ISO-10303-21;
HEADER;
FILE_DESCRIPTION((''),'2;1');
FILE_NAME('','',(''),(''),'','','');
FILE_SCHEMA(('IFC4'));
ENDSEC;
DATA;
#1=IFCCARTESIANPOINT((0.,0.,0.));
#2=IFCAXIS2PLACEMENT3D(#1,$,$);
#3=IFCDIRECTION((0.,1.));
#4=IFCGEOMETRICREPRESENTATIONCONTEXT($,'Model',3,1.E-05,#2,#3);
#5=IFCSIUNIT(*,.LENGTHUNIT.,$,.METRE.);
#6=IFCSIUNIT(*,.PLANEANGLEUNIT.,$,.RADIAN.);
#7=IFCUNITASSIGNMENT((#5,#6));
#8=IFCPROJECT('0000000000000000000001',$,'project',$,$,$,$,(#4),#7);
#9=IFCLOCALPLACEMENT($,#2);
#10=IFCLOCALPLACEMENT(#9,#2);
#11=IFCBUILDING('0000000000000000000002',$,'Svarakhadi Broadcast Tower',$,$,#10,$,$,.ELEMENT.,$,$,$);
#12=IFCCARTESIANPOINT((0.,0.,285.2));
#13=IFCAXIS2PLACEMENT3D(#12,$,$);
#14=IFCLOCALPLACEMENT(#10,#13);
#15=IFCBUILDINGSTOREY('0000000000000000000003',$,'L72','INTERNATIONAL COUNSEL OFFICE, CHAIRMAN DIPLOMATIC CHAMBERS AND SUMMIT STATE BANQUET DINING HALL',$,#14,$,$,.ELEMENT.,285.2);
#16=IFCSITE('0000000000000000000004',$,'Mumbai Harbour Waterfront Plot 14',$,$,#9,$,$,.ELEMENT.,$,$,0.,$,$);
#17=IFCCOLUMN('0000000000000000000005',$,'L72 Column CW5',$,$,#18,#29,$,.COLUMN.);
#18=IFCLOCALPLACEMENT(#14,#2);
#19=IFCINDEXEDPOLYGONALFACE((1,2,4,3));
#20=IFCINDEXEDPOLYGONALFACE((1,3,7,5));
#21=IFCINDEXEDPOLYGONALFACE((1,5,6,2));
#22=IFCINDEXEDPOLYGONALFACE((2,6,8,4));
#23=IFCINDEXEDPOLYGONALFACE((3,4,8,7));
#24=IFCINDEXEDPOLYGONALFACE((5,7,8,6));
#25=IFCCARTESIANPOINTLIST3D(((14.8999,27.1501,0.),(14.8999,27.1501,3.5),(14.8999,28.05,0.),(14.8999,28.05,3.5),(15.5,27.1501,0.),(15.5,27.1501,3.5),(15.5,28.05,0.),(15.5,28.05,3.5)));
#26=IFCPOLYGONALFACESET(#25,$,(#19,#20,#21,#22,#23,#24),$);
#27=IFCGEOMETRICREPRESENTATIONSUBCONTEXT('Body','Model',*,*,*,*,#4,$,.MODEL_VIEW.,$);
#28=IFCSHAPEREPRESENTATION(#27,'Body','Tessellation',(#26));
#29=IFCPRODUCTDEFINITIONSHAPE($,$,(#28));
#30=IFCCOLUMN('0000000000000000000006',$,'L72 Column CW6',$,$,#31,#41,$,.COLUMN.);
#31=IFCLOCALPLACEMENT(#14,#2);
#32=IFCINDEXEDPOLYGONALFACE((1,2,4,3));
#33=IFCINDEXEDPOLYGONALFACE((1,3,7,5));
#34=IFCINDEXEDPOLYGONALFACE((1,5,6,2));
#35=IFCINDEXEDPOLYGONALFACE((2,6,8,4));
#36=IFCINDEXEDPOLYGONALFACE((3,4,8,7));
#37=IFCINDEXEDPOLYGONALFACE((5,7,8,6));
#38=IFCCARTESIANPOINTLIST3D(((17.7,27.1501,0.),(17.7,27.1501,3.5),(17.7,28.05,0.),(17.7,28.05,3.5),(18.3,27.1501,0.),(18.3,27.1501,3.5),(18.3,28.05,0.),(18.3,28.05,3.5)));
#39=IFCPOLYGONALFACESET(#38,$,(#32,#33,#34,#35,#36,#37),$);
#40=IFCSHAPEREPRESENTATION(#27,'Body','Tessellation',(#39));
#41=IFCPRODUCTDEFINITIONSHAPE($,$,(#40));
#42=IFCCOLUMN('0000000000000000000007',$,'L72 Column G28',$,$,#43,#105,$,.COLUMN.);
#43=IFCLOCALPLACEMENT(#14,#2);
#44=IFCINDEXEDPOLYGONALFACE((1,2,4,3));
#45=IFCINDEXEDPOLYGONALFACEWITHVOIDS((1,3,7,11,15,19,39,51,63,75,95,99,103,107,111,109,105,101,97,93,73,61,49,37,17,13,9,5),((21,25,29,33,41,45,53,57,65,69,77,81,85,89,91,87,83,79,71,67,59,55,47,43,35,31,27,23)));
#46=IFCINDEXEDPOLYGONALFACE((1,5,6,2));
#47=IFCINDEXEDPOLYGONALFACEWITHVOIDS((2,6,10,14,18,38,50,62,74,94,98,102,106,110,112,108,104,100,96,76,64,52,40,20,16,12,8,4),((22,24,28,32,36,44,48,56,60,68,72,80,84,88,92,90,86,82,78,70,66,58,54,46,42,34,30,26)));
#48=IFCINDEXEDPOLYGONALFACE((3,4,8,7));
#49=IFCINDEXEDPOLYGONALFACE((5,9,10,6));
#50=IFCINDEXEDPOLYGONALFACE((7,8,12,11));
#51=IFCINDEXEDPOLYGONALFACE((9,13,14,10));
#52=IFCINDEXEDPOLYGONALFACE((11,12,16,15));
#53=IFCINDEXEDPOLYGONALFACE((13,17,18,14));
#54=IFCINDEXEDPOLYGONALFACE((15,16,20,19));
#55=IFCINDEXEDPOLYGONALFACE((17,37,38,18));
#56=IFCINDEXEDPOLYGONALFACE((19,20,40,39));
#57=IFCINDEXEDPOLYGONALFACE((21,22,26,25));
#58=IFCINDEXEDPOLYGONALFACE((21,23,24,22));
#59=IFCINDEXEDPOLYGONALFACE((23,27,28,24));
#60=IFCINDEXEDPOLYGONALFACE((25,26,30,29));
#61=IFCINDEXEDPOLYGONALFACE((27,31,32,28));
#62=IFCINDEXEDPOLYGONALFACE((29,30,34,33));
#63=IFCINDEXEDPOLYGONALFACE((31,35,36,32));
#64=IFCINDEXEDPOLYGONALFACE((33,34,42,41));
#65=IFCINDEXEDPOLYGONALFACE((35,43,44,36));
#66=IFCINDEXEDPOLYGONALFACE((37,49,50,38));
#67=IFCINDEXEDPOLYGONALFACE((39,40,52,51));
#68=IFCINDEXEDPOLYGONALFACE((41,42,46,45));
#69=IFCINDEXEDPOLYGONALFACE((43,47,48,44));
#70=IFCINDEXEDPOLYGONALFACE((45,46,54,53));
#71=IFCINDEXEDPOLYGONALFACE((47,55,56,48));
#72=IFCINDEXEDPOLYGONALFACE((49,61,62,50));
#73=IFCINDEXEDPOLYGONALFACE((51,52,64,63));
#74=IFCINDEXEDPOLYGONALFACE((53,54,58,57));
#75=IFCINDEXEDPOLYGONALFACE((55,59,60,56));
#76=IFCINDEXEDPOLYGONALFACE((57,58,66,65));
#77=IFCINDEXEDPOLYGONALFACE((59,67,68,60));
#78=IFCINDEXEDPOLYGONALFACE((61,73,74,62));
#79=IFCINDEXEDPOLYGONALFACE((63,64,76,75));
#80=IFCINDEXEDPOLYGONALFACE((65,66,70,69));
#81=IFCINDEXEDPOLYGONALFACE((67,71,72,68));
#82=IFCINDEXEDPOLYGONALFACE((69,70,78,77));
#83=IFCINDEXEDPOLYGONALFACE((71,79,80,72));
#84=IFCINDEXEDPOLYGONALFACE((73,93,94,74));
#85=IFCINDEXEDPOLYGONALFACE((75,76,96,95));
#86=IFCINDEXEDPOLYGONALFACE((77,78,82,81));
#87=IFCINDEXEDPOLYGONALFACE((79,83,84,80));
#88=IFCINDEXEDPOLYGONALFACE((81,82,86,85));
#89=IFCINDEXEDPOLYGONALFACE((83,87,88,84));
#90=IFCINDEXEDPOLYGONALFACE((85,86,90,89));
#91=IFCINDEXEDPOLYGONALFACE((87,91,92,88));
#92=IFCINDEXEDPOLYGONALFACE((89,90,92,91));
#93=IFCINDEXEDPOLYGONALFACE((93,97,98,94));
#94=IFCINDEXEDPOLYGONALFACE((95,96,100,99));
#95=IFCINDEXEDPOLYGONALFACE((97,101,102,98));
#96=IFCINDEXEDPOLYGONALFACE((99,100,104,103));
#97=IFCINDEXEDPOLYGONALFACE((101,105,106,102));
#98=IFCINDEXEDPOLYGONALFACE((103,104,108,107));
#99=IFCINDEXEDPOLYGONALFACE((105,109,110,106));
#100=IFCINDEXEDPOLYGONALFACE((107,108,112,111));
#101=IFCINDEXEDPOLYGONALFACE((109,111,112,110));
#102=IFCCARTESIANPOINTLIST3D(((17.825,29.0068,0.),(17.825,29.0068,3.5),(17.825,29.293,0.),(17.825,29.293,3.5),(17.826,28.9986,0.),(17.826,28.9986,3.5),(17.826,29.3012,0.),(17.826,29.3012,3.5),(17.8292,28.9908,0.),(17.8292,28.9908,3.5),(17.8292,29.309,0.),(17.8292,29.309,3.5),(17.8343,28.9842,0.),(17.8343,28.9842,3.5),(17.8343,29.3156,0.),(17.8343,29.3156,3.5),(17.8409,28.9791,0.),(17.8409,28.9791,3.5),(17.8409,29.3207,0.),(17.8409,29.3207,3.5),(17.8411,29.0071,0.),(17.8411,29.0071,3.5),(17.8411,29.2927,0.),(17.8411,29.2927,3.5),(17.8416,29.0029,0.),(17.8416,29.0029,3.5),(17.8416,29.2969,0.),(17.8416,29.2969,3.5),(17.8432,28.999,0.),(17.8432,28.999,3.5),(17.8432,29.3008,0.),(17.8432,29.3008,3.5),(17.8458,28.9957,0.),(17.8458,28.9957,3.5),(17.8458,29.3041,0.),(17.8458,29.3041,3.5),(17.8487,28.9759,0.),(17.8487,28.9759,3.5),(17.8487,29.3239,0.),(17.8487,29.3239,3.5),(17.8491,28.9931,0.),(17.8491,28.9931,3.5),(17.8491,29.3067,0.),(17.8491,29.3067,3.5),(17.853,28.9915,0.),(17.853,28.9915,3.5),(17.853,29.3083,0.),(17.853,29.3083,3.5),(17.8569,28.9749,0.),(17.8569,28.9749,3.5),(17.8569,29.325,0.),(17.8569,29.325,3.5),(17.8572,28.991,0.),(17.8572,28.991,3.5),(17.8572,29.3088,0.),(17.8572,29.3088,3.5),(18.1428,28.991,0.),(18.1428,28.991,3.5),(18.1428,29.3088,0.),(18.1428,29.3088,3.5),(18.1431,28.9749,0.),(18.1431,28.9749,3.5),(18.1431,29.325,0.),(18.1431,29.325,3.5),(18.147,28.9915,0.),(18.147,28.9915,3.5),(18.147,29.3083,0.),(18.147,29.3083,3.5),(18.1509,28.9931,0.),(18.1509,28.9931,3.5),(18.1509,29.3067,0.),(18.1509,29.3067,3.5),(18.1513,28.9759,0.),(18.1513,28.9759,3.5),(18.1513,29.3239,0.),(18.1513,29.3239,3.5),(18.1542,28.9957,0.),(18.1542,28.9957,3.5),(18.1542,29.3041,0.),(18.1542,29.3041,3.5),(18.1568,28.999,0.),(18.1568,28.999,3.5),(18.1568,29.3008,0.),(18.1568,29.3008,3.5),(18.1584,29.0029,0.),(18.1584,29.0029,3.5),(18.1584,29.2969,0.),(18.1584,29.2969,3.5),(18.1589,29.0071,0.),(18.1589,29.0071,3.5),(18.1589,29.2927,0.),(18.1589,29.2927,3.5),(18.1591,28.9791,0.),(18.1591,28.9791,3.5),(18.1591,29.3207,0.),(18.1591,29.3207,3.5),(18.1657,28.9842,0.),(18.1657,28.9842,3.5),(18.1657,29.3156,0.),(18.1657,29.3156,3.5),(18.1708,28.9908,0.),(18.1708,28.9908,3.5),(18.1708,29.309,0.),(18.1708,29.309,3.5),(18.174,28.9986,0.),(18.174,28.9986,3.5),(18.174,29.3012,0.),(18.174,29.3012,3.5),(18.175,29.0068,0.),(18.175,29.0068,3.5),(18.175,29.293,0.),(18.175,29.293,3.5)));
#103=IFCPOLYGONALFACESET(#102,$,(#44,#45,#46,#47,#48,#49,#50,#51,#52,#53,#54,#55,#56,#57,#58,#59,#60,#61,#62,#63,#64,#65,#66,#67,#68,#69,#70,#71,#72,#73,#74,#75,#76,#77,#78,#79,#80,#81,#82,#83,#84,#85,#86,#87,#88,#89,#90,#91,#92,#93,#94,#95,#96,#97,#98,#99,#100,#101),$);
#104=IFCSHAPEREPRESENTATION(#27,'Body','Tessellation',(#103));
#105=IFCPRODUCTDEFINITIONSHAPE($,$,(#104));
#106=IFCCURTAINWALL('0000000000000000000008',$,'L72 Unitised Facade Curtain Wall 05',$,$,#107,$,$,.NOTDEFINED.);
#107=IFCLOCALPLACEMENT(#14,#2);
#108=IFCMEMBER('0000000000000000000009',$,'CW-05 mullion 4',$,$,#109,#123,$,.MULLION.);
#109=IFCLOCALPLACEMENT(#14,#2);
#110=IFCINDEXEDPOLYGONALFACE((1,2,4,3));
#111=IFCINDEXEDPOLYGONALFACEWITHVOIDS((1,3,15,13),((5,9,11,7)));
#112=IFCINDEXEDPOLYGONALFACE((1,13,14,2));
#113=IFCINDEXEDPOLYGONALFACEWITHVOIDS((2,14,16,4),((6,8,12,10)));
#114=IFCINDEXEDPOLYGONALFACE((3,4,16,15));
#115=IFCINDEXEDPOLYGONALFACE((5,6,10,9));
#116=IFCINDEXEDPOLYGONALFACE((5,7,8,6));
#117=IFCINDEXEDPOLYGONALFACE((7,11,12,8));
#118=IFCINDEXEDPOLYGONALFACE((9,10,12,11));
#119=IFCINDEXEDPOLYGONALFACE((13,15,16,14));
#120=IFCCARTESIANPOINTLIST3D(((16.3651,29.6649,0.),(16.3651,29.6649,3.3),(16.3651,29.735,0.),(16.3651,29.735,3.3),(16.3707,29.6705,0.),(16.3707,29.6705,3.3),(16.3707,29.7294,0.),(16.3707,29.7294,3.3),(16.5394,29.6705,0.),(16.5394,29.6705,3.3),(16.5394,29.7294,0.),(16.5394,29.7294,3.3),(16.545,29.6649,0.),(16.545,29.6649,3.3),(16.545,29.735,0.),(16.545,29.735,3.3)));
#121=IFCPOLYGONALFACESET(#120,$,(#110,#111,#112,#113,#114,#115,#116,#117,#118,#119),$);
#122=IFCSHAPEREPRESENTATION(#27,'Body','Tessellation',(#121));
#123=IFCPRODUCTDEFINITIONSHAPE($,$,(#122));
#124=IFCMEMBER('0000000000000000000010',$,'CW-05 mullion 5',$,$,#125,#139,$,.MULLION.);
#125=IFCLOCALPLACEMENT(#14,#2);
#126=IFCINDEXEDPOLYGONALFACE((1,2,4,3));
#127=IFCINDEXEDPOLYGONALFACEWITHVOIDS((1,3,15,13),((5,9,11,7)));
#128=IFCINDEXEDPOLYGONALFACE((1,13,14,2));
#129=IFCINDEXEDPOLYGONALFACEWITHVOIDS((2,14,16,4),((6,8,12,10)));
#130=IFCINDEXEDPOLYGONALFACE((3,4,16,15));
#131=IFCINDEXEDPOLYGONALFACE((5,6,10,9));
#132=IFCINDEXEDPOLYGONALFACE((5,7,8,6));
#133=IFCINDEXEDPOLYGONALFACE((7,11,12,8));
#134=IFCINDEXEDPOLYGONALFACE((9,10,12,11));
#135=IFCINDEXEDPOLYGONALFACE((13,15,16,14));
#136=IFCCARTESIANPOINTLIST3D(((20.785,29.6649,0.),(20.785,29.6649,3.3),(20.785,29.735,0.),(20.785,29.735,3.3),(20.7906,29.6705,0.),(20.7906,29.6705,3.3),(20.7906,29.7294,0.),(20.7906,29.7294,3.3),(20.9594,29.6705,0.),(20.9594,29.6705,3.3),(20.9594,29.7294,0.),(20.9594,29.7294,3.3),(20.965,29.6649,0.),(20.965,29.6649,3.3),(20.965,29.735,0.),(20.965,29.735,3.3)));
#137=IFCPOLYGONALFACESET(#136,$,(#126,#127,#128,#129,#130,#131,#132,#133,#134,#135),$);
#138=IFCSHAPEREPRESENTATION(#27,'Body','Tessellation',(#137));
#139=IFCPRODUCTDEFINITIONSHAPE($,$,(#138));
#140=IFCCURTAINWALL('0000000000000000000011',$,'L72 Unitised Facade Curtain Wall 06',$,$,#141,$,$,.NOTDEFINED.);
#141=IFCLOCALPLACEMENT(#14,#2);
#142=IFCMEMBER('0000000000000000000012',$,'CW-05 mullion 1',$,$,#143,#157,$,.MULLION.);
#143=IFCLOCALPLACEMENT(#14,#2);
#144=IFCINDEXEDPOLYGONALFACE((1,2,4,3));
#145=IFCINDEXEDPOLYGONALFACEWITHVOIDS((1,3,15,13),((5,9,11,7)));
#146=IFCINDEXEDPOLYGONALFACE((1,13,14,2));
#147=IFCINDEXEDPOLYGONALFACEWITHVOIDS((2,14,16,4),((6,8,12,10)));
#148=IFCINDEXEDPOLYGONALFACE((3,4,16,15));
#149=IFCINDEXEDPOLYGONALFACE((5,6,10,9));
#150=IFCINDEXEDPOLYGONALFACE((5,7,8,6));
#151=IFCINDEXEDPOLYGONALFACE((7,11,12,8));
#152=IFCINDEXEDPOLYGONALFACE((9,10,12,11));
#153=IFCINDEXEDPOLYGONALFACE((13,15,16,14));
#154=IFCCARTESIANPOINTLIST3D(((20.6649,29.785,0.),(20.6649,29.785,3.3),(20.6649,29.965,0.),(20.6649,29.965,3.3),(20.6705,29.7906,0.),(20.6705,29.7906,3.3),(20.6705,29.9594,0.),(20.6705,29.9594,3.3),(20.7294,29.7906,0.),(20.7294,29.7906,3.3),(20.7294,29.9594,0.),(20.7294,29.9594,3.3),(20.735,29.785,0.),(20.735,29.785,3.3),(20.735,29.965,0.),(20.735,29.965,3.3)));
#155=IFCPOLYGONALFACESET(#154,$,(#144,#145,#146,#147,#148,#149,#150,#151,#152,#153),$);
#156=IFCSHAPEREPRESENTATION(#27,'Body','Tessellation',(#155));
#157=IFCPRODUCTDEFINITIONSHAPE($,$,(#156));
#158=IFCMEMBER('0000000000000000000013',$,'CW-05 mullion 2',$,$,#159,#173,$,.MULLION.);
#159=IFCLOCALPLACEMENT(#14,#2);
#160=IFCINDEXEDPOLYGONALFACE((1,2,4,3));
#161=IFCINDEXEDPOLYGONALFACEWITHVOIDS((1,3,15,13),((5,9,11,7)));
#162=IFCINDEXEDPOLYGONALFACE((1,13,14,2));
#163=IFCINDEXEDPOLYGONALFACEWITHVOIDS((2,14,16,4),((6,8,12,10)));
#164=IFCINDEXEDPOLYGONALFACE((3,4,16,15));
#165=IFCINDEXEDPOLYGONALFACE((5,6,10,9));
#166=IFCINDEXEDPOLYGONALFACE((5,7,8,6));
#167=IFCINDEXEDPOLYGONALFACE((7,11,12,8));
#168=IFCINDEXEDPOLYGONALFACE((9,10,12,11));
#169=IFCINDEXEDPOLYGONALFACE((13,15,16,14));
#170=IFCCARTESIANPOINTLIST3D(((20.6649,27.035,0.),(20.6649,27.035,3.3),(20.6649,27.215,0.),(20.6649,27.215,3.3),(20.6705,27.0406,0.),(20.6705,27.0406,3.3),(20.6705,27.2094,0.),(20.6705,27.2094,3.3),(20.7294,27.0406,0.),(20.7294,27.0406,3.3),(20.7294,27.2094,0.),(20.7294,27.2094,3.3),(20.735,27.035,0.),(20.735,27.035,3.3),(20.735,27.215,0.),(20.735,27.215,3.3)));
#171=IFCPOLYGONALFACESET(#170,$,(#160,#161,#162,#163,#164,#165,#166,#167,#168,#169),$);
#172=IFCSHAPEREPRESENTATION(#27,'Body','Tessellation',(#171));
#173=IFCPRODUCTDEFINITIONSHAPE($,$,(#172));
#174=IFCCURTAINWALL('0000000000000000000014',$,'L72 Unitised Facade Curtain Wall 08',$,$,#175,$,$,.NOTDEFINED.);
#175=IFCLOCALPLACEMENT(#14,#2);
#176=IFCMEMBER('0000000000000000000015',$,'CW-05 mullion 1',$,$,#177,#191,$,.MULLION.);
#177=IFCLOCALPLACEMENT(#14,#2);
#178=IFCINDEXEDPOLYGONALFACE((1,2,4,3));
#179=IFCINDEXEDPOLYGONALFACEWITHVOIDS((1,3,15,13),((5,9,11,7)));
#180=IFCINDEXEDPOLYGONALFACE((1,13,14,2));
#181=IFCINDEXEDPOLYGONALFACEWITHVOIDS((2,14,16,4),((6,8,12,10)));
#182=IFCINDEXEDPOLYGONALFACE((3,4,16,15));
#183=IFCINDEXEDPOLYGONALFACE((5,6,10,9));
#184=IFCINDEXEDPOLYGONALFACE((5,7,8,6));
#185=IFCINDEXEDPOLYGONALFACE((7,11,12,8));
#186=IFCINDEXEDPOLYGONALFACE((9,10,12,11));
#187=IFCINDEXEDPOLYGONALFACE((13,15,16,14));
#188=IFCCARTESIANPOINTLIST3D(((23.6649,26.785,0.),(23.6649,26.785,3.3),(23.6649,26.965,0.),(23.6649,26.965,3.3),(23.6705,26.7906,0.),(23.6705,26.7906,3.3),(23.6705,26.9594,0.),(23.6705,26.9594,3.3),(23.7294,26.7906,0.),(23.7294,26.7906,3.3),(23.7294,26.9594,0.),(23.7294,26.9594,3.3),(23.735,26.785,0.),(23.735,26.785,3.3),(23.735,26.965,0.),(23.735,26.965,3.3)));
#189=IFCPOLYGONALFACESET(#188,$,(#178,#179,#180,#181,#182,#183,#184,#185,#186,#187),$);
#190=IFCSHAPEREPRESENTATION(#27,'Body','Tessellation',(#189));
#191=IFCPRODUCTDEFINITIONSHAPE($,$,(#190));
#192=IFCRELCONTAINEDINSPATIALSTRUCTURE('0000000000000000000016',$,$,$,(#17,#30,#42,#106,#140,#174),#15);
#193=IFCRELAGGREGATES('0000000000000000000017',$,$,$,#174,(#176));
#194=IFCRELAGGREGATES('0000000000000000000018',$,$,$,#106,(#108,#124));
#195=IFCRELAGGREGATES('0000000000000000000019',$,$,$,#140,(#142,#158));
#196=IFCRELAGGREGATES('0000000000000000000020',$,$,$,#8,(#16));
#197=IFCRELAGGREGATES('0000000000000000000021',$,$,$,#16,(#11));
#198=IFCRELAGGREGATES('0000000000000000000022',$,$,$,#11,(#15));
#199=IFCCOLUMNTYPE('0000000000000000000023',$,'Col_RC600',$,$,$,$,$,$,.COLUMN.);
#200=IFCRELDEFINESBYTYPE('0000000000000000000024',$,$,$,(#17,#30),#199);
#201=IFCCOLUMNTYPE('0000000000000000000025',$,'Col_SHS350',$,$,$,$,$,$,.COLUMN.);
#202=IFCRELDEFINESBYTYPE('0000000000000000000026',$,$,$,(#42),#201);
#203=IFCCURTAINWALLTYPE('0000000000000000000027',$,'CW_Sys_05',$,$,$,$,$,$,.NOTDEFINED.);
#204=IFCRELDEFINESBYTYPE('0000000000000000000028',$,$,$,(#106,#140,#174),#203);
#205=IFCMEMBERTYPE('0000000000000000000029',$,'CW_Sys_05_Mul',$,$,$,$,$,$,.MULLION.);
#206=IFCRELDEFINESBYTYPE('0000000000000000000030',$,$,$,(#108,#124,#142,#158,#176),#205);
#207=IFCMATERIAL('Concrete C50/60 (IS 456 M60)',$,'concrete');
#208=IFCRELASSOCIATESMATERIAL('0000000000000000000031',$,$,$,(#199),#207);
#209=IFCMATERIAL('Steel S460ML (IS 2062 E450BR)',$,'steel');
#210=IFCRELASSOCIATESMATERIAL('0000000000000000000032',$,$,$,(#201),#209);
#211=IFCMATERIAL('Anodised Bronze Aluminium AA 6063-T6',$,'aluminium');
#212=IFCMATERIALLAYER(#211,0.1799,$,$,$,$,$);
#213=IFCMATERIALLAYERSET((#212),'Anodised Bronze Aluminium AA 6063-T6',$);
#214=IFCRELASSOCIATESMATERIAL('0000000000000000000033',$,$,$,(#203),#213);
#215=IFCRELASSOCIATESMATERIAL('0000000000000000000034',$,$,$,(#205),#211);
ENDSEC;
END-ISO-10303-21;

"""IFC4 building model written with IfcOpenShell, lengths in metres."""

from ifc_helpers import new_model, si_unit, direction, frame, origin, origin_2d, place, context, subcontext, project, spatial, rectangle, hollow_rectangle, extrude, material, layer, layer_set, material_profile, profile_set, type_object, element, aggregate, save


model = new_model("IFC4")

# Units and contexts
model_context = context("Model", 3, precision=1e-05, world=origin(), true_north=direction((0.0, 1.0)))
body_context = subcontext(model_context, "Body", "Model", "MODEL_VIEW")
ifc_project = project(units=[si_unit("LENGTHUNIT", "METRE"), si_unit("PLANEANGLEUNIT", "RADIAN")], contexts=[model_context])

# Site, building, storey
site_placement = place(None, origin())
site = spatial("IfcSite", under=ifc_project, at=site_placement, Name="Mumbai Harbour Waterfront Plot 14", CompositionType="ELEMENT", RefElevation=0.0)
building_placement = place(site_placement, origin())
building = spatial("IfcBuilding", under=site, at=building_placement, Name="Svarakhadi Broadcast Tower", CompositionType="ELEMENT")
storey_placement = place(building_placement, frame((0.0, 0.0, 285.2)))
storey = spatial("IfcBuildingStorey", under=building, at=storey_placement, Name="L72", Description="INTERNATIONAL COUNSEL OFFICE, CHAIRMAN DIPLOMATIC CHAMBERS AND SUMMIT STATE BANQUET DINING HALL", CompositionType="ELEMENT", Elevation=285.2)

# Columns
ifc_material_1 = material(Name="Concrete C50/60 (IS 456 M60)", Category="concrete")
ifc_material_profile_1 = material_profile(ifc_material_1, rectangle(XDim=0.6001, YDim=0.8999, at=origin_2d()), Name="RC 600x900")
ifc_profile_set_1 = profile_set([ifc_material_profile_1], Name="Concrete C50/60 (IS 456 M60)")
column_type_1 = type_object("IfcColumnType", Name="Col_RC600", PredefinedType="COLUMN", material=ifc_profile_set_1)
for number, where, z_axis, x_axis, name in (
    (1, (15.2, 27.6001, 0.0), (0.0, 0.0, 1.0), (1.0, 0.0, 0.0), "L72 Column CW5"),
    (2, (18.0, 27.6001, 0.0), (0.0, 0.0, 1.0), (1.0, 0.0, 0.0), "L72 Column CW6"),
):
    element("IfcColumn", number, at=place(storey_placement, frame(where, z_axis=z_axis, x_axis=x_axis)), inside=storey, type_object=column_type_1, Name=name, PredefinedType="COLUMN", context=body_context, shape_type="SweptSolid", body=[
        extrude(rectangle(XDim=0.6001, YDim=0.8999, at=origin_2d()), origin(), (0.0, 0.0, 1.0), 3.5),
    ])
ifc_material_2 = material(Name="Steel S460ML (IS 2062 E450BR)", Category="steel")
ifc_material_profile_2 = material_profile(ifc_material_2, hollow_rectangle(XDim=0.3501, YDim=0.3501, WallThickness=0.0161, InnerFilletRadius=0.0161, OuterFilletRadius=0.032, at=origin_2d()), Name="SHS 350x350x16")
ifc_profile_set_2 = profile_set([ifc_material_profile_2], Name="Steel S460ML (IS 2062 E450BR)")
column_type_2 = type_object("IfcColumnType", Name="Col_SHS350", PredefinedType="COLUMN", material=ifc_profile_set_2)
column_placement = place(storey_placement, frame((18.0, 29.1499, 0.0), z_axis=(0.0, 0.0, 1.0), x_axis=(1.0, 0.0, 0.0)))
element("IfcColumn", 3, at=column_placement, inside=storey, type_object=column_type_2, Name="L72 Column G28", PredefinedType="COLUMN", context=body_context, shape_type="SweptSolid", body=[
    extrude(hollow_rectangle(XDim=0.3501, YDim=0.3501, WallThickness=0.0161, InnerFilletRadius=0.0161, OuterFilletRadius=0.032, at=origin_2d()), origin(), (0.0, 0.0, 1.0), 3.5),
])

# Curtain walls, members
ifc_material_3 = material(Name="Anodised Bronze Aluminium AA 6063-T6", Category="aluminium")
ifc_layer_1 = layer(ifc_material_3, 0.1799)
ifc_layer_set_1 = layer_set([ifc_layer_1], Name="Anodised Bronze Aluminium AA 6063-T6")
curtain_wall_type = type_object("IfcCurtainWallType", Name="CW_Sys_05", PredefinedType="NOTDEFINED", material=ifc_layer_set_1)
curtain_wall_1_placement = place(storey_placement, origin())
curtain_wall_1 = element("IfcCurtainWall", 4, at=curtain_wall_1_placement, inside=storey, type_object=curtain_wall_type, Name="L72 Unitised Facade Curtain Wall 05", PredefinedType="NOTDEFINED")
ifc_material_profile_3 = material_profile(ifc_material_3, hollow_rectangle(XDim=0.0701, YDim=0.1799, WallThickness=0.0056, at=origin_2d()), Name="ALU MULLION 180x70x6")
ifc_profile_set_3 = profile_set([ifc_material_profile_3], Name="Anodised Bronze Aluminium AA 6063-T6")
member_type_1 = type_object("IfcMemberType", Name="CW_Sys_05_Mul", PredefinedType="MULLION", material=ifc_profile_set_3)
member_1_placement = place(storey_placement, frame((16.4551, 29.7, 0.0), z_axis=(0.0, 0.0, 1.0), x_axis=(0.0, 1.0, 0.0)))
member_1 = element("IfcMember", 5, at=member_1_placement, type_object=member_type_1, Name="CW-05 mullion 4", PredefinedType="MULLION", context=body_context, shape_type="SweptSolid", body=[
    extrude(hollow_rectangle(XDim=0.0701, YDim=0.1799, WallThickness=0.0056, at=origin_2d()), origin(), (0.0, 0.0, 1.0), 3.3),
])
member_2_placement = place(storey_placement, frame((20.875, 29.7, 0.0), z_axis=(0.0, 0.0, 1.0), x_axis=(0.0, 1.0, 0.0)))
member_2 = element("IfcMember", 6, at=member_2_placement, type_object=member_type_1, Name="CW-05 mullion 5", PredefinedType="MULLION", context=body_context, shape_type="SweptSolid", body=[
    extrude(hollow_rectangle(XDim=0.0701, YDim=0.1799, WallThickness=0.0056, at=origin_2d()), origin(), (0.0, 0.0, 1.0), 3.3),
])
curtain_wall_2_placement = place(storey_placement, origin())
curtain_wall_2 = element("IfcCurtainWall", 7, at=curtain_wall_2_placement, inside=storey, type_object=curtain_wall_type, Name="L72 Unitised Facade Curtain Wall 06", PredefinedType="NOTDEFINED")
member_3_placement = place(storey_placement, frame((20.7, 29.875, 0.0), z_axis=(0.0, 0.0, 1.0), x_axis=(1.0, 0.0, 0.0)))
member_3 = element("IfcMember", 8, at=member_3_placement, type_object=member_type_1, Name="CW-05 mullion 1", PredefinedType="MULLION", context=body_context, shape_type="SweptSolid", body=[
    extrude(hollow_rectangle(XDim=0.0701, YDim=0.1799, WallThickness=0.0056, at=origin_2d()), origin(), (0.0, 0.0, 1.0), 3.3),
])
member_4_placement = place(storey_placement, frame((20.7, 27.125, 0.0), z_axis=(0.0, 0.0, 1.0), x_axis=(1.0, 0.0, 0.0)))
member_4 = element("IfcMember", 9, at=member_4_placement, type_object=member_type_1, Name="CW-05 mullion 2", PredefinedType="MULLION", context=body_context, shape_type="SweptSolid", body=[
    extrude(hollow_rectangle(XDim=0.0701, YDim=0.1799, WallThickness=0.0056, at=origin_2d()), origin(), (0.0, 0.0, 1.0), 3.3),
])

# Curtain wall, member
curtain_wall_3_placement = place(storey_placement, origin())
curtain_wall_3 = element("IfcCurtainWall", 10, at=curtain_wall_3_placement, inside=storey, type_object=curtain_wall_type, Name="L72 Unitised Facade Curtain Wall 08", PredefinedType="NOTDEFINED")
member_5_placement = place(storey_placement, frame((23.7, 26.875, 0.0), z_axis=(0.0, 0.0, 1.0), x_axis=(1.0, 0.0, 0.0)))
member_5 = element("IfcMember", 11, at=member_5_placement, type_object=member_type_1, Name="CW-05 mullion 1", PredefinedType="MULLION", context=body_context, shape_type="SweptSolid", body=[
    extrude(hollow_rectangle(XDim=0.0701, YDim=0.1799, WallThickness=0.0056, at=origin_2d()), origin(), (0.0, 0.0, 1.0), 3.3),
])

aggregate(curtain_wall_3, [member_5])

aggregate(curtain_wall_1, [member_1, member_2])
aggregate(curtain_wall_2, [member_3, member_4])

save(model, "model.ifc")
